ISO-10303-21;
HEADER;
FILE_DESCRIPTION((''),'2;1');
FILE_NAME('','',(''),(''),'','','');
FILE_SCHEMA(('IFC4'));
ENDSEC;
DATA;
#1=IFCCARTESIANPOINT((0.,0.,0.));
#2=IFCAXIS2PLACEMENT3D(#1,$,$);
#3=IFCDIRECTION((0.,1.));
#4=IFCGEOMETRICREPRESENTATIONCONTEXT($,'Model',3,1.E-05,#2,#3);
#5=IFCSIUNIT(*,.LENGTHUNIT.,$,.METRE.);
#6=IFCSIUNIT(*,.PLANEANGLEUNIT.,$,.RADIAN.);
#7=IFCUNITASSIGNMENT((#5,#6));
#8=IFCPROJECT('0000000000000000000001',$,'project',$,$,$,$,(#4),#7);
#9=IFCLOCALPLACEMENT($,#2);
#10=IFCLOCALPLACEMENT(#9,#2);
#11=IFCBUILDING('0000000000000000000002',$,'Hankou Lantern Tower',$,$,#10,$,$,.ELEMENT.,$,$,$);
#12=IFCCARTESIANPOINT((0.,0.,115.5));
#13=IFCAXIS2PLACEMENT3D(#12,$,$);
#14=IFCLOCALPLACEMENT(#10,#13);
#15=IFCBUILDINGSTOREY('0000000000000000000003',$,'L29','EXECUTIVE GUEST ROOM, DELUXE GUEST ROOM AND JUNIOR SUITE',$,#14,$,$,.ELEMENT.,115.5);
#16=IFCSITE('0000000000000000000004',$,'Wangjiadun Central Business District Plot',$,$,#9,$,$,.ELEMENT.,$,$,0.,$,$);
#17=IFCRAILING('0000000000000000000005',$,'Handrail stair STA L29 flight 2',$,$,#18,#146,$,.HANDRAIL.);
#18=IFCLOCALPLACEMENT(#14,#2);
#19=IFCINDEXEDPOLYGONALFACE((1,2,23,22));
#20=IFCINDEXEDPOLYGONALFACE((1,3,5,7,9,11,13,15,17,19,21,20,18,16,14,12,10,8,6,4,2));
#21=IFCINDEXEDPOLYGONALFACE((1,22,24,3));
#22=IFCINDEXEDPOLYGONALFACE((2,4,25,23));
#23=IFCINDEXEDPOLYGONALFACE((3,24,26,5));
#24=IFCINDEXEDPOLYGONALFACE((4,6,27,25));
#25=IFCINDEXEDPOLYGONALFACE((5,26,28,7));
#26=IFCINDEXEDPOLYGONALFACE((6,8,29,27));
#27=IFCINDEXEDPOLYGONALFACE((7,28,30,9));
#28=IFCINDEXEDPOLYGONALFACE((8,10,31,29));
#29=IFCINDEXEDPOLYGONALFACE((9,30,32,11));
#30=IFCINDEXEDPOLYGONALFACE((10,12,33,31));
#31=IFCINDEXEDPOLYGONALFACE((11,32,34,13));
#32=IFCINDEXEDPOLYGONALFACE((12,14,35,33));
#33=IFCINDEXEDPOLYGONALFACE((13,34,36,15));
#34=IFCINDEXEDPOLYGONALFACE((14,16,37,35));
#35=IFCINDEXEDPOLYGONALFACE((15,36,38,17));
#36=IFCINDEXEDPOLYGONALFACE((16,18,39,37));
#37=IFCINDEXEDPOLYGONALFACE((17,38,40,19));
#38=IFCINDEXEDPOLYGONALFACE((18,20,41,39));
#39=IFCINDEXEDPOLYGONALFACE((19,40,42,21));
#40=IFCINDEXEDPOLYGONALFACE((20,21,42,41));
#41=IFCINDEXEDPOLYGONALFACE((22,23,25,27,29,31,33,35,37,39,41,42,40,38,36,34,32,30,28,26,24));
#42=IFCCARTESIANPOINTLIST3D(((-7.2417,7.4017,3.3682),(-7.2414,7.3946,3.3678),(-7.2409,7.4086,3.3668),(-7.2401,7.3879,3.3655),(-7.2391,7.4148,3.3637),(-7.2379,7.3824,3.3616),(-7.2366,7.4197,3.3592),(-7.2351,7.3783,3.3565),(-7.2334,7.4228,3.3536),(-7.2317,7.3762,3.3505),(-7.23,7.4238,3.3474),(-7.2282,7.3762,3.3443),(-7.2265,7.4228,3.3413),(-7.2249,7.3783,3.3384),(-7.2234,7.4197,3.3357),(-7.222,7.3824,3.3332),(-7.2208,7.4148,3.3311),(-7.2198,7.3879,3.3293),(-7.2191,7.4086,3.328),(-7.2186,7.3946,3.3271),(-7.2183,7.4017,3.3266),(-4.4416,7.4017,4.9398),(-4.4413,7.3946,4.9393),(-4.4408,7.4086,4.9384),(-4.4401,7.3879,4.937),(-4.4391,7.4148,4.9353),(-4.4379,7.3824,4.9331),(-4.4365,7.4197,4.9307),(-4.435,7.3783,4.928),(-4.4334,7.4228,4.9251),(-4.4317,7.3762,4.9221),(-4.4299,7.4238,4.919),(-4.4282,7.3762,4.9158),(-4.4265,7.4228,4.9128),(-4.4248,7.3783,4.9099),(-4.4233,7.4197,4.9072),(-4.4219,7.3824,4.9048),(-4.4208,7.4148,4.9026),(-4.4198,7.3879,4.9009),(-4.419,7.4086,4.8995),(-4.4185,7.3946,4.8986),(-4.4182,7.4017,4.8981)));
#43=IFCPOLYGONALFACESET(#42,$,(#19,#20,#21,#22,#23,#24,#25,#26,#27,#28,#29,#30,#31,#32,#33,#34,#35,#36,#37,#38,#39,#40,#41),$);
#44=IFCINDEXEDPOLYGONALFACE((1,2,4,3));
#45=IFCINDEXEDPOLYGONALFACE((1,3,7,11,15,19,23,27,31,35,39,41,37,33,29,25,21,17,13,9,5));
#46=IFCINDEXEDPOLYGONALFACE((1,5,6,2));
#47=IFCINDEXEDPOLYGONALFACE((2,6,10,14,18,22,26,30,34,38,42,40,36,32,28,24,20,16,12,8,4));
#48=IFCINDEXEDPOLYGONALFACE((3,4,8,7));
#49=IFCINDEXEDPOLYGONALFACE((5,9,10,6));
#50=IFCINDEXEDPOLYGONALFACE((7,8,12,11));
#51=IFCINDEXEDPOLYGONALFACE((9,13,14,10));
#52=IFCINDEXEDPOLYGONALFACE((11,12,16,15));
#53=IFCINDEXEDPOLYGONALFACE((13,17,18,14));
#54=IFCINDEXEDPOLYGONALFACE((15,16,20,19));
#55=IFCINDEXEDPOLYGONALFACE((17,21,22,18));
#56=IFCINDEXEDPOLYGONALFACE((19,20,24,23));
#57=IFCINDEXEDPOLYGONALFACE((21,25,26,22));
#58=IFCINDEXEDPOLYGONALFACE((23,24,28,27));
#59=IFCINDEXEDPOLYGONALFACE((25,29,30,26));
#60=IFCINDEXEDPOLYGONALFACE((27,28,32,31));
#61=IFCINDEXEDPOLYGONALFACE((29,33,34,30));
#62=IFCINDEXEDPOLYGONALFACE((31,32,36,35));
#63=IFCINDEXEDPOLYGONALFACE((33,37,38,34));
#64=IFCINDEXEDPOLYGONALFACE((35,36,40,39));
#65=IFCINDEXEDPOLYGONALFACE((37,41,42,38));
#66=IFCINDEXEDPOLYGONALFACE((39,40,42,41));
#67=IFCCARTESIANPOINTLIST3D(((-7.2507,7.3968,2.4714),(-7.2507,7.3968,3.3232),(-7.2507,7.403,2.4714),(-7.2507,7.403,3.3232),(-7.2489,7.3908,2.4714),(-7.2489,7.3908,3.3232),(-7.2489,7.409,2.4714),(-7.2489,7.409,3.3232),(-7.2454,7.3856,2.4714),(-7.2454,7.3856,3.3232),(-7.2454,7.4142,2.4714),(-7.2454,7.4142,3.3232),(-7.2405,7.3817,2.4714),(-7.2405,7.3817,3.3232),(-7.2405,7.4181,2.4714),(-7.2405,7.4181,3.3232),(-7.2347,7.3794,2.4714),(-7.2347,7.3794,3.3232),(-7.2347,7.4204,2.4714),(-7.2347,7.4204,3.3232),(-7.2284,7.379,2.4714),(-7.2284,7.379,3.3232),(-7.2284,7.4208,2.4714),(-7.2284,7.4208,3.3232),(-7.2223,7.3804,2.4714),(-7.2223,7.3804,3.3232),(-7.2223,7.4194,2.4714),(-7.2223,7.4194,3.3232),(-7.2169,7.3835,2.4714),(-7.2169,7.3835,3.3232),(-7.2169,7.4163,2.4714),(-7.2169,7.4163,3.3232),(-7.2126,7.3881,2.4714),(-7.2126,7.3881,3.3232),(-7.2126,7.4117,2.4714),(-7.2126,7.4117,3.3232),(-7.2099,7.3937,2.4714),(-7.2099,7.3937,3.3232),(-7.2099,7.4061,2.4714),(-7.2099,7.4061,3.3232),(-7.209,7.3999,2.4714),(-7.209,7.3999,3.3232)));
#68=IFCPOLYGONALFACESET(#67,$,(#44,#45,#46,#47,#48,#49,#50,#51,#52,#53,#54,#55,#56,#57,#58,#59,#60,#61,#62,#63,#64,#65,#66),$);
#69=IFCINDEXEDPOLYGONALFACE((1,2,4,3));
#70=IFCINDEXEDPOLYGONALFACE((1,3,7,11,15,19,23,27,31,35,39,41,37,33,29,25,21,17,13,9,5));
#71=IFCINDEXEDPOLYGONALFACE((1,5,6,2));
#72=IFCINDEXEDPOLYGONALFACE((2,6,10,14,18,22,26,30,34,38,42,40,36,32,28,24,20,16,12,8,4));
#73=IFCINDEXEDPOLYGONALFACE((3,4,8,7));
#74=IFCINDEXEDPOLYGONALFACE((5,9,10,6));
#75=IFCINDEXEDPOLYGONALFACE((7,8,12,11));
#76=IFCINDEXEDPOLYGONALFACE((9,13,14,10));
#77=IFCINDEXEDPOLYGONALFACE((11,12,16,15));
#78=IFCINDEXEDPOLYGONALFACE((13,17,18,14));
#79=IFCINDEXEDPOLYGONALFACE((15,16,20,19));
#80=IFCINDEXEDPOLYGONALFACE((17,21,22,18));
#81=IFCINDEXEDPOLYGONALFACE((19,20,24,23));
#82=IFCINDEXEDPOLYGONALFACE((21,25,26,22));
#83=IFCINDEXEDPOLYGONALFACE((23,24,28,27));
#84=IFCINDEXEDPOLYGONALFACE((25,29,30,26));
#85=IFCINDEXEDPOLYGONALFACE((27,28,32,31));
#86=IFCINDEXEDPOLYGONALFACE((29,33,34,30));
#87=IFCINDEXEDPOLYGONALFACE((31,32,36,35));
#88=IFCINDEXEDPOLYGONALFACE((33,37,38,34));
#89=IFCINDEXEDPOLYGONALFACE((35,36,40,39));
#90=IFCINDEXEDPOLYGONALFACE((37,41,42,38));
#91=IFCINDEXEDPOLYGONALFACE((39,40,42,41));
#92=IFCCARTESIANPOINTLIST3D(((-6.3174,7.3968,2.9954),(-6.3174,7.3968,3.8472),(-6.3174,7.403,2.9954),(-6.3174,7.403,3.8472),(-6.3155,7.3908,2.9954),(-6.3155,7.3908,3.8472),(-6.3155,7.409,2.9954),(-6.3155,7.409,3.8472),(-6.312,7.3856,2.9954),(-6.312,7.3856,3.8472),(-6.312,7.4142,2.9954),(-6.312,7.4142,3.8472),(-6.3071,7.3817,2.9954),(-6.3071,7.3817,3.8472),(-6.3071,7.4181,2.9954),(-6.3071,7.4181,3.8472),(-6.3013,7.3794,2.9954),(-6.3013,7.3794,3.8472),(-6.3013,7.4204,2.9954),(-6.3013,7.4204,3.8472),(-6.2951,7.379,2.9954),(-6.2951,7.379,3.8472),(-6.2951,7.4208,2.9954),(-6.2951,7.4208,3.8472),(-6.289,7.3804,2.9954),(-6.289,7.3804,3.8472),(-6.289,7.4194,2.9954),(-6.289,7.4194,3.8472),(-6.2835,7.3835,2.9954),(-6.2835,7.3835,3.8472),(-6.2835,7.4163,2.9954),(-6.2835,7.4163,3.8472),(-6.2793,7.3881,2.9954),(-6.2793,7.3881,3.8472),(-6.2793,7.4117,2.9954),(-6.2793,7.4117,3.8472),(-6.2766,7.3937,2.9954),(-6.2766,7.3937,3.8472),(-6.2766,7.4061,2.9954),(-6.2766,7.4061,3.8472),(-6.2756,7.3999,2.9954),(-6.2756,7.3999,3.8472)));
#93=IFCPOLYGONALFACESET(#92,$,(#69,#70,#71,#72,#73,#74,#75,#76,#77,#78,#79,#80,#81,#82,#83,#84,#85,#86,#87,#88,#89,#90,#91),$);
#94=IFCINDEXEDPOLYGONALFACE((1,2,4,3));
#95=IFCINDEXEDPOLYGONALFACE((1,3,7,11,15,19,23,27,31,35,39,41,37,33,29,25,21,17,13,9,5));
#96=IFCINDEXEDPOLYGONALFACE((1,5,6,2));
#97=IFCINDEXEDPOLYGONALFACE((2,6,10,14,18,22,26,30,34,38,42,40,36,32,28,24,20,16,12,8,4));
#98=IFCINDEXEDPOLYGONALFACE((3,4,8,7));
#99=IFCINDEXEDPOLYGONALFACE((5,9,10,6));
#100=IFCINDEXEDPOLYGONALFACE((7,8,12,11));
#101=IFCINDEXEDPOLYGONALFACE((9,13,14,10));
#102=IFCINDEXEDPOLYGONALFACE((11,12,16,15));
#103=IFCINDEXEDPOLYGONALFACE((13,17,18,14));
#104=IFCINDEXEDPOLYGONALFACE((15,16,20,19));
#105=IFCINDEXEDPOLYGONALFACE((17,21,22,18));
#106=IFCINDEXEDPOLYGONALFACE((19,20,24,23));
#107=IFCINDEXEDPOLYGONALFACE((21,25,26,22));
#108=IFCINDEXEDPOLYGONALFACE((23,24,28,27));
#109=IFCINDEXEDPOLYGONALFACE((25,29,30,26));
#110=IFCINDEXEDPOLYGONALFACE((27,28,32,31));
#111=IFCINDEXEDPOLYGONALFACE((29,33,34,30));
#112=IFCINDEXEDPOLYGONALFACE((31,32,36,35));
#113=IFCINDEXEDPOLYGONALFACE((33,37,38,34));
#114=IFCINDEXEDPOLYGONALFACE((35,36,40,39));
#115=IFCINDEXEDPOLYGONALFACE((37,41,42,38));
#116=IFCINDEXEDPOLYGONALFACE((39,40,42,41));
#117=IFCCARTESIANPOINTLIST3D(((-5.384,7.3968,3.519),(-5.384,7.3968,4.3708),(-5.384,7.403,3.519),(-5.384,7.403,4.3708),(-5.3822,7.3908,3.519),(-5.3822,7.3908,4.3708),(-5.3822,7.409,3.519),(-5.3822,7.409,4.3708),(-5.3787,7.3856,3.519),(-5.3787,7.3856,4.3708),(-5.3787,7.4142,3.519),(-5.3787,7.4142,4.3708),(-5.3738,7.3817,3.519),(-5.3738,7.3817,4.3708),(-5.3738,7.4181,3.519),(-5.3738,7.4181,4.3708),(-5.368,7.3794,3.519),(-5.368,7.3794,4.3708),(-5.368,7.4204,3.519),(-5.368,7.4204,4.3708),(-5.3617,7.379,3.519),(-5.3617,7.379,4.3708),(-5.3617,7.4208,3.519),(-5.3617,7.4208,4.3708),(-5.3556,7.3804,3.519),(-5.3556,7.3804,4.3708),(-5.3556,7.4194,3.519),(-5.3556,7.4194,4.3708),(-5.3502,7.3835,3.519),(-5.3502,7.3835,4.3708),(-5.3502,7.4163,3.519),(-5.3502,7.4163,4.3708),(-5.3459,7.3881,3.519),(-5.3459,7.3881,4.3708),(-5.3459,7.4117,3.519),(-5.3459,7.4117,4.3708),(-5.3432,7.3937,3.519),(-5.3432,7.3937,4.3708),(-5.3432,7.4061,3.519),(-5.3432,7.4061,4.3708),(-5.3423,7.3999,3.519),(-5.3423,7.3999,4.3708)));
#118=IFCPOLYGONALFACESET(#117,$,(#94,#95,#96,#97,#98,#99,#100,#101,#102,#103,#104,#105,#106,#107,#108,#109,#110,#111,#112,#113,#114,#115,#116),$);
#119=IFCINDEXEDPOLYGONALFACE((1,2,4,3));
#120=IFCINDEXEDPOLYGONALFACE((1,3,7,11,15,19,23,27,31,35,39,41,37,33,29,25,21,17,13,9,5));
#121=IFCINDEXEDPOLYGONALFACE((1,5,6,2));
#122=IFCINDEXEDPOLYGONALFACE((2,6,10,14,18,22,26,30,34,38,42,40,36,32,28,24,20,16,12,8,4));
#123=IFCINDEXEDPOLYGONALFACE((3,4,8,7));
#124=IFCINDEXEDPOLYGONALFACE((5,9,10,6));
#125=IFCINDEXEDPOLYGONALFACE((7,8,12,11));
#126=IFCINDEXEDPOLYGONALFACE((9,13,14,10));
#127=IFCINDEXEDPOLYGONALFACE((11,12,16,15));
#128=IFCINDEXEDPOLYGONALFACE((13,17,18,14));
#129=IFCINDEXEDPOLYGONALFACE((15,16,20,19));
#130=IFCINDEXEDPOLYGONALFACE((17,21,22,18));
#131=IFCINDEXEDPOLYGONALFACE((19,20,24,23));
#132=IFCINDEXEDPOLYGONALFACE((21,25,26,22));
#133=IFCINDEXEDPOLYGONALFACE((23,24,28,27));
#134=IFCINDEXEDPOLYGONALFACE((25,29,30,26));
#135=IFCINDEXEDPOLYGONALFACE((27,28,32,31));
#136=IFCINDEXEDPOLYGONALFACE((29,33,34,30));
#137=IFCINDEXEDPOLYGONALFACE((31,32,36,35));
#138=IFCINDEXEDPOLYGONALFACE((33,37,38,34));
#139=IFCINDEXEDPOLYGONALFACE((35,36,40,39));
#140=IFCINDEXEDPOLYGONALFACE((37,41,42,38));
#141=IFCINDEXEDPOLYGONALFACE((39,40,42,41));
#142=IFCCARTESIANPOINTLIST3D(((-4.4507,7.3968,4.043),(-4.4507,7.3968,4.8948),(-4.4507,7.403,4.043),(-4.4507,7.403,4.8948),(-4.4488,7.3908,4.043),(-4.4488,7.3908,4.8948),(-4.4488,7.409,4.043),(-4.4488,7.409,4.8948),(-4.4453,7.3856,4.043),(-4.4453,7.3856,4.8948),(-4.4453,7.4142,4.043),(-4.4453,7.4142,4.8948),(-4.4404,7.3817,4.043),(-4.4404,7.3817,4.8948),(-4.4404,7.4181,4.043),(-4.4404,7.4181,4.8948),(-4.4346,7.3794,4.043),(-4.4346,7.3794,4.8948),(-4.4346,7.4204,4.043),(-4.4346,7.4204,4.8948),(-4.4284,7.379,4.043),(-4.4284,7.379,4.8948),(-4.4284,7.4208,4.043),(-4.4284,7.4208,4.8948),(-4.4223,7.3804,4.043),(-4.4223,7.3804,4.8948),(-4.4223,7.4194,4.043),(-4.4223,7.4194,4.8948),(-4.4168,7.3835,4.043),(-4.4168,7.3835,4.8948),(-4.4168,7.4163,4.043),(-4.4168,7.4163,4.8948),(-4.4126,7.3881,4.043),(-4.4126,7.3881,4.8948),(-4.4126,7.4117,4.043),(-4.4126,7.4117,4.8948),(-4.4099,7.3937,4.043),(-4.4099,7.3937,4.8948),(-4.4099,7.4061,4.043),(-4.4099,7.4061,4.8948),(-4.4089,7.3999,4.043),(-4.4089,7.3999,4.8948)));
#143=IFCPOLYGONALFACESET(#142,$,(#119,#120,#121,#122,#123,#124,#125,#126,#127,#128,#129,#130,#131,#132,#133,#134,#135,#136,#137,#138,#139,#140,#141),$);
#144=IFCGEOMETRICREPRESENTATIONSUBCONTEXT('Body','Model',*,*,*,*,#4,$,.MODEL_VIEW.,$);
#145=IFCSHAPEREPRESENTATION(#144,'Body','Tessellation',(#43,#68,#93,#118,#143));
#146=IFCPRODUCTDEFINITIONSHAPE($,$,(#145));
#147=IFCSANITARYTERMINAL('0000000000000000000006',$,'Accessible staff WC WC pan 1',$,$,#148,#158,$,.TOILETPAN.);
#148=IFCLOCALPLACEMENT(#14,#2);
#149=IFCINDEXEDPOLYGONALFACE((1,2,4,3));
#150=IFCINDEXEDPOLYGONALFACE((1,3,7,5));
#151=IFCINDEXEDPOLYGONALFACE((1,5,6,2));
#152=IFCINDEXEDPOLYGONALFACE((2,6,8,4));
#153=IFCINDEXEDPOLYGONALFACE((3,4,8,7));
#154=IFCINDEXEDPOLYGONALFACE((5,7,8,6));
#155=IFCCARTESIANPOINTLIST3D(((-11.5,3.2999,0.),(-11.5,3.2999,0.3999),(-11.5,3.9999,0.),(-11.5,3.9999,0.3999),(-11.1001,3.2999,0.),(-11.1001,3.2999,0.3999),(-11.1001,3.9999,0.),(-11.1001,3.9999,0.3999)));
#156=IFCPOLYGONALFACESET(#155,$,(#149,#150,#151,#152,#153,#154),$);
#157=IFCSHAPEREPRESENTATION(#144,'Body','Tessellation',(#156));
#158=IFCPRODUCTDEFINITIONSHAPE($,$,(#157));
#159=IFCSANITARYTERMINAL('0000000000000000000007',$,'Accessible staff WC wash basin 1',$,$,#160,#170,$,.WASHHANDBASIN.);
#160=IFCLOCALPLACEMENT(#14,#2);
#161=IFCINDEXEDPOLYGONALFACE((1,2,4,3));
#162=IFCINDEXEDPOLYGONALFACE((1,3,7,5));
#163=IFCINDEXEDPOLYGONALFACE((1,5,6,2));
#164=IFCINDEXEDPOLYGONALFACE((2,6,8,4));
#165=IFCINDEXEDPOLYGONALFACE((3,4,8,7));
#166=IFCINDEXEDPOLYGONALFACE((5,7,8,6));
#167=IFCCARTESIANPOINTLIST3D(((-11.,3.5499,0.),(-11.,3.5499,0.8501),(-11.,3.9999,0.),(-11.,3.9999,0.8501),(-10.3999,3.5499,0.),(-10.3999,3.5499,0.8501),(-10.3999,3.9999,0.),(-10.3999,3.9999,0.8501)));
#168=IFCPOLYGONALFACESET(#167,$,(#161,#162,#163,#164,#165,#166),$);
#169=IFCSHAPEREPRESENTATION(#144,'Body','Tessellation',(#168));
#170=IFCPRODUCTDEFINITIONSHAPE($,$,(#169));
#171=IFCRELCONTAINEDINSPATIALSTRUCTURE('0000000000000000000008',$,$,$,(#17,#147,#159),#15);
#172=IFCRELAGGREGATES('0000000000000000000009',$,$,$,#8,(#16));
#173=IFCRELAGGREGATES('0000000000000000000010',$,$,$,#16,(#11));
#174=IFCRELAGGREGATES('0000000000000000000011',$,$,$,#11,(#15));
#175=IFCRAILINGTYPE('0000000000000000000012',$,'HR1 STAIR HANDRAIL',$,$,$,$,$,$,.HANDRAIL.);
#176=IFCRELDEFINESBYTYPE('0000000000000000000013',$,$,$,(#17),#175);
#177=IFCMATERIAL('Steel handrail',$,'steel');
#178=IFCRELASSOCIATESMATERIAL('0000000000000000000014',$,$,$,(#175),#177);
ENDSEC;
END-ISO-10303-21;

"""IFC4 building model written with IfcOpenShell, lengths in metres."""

from ifc_helpers import new_model, si_unit, direction, frame, origin, origin_2d, place, context, subcontext, project, spatial, rectangle, circle, extrude, material, type_object, element, save


model = new_model("IFC4")

# Units and contexts
model_context = context("Model", 3, precision=1e-05, world=origin(), true_north=direction((0.0, 1.0)))
body_context = subcontext(model_context, "Body", "Model", "MODEL_VIEW")
ifc_project = project(units=[si_unit("LENGTHUNIT", "METRE"), si_unit("PLANEANGLEUNIT", "RADIAN")], contexts=[model_context])

# Site, building, storey
site_placement = place(None, origin())
site = spatial("IfcSite", under=ifc_project, at=site_placement, Name="Wangjiadun Central Business District Plot", CompositionType="ELEMENT", RefElevation=0.0)
building_placement = place(site_placement, origin())
building = spatial("IfcBuilding", under=site, at=building_placement, Name="Hankou Lantern Tower", CompositionType="ELEMENT")
storey_placement = place(building_placement, frame((0.0, 0.0, 115.5)))
storey = spatial("IfcBuildingStorey", under=building, at=storey_placement, Name="L29", Description="EXECUTIVE GUEST ROOM, DELUXE GUEST ROOM AND JUNIOR SUITE", CompositionType="ELEMENT", Elevation=115.5)

# Railing
ifc_material_1 = material(Name="Steel handrail", Category="steel")
railing_type = type_object("IfcRailingType", Name="HR1 STAIR HANDRAIL", PredefinedType="HANDRAIL", material=ifc_material_1)
railing_1_placement = place(storey_placement, frame((-7.23, 7.3999, 2.4714)))
element("IfcRailing", 1, at=railing_1_placement, inside=storey, type_object=railing_type, Name="Handrail stair STA L29 flight 2", PredefinedType="HANDRAIL", context=body_context, shape_type="SweptSolid", body=[
    extrude(circle(Radius=0.0239, at=origin_2d()), frame((0.0, 0.0, 0.876), z_axis=(0.87204, 0.0, 0.489434), x_axis=(0.0, 1.0, 0.0)), (0.0, 0.0, 1.0), 3.2109),
    extrude(circle(Radius=0.021, at=origin_2d()), origin(), (0.0, 0.0, 1.0), 0.8518),
    extrude(circle(Radius=0.021, at=origin_2d()), frame((0.9333, 0.0, 0.5239)), (0.0, 0.0, 1.0), 0.8518),
    extrude(circle(Radius=0.021, at=origin_2d()), frame((1.8667, 0.0, 1.0476)), (0.0, 0.0, 1.0), 0.8518),
    extrude(circle(Radius=0.021, at=origin_2d()), frame((2.8, 0.0, 1.5715)), (0.0, 0.0, 1.0), 0.8518),
])

# Sanitary terminals
sanitary_terminal_1_placement = place(storey_placement, frame((-11.3, 3.6499, 0.0), z_axis=(0.0, 0.0, 1.0), x_axis=(1.0, 0.0, 0.0)))
element("IfcSanitaryTerminal", 2, at=sanitary_terminal_1_placement, inside=storey, Name="Accessible staff WC WC pan 1", PredefinedType="TOILETPAN", context=body_context, shape_type="SweptSolid", body=[
    extrude(rectangle(XDim=0.3999, YDim=0.7, at=origin_2d()), origin(), (0.0, 0.0, 1.0), 0.3999),
])
sanitary_terminal_2_placement = place(storey_placement, frame((-10.7, 3.7749, 0.0), z_axis=(0.0, 0.0, 1.0), x_axis=(1.0, 0.0, 0.0)))
element("IfcSanitaryTerminal", 3, at=sanitary_terminal_2_placement, inside=storey, Name="Accessible staff WC wash basin 1", PredefinedType="WASHHANDBASIN", context=body_context, shape_type="SweptSolid", body=[
    extrude(rectangle(XDim=0.6001, YDim=0.45, at=origin_2d()), origin(), (0.0, 0.0, 1.0), 0.8501),
])

save(model, "model.ifc")
